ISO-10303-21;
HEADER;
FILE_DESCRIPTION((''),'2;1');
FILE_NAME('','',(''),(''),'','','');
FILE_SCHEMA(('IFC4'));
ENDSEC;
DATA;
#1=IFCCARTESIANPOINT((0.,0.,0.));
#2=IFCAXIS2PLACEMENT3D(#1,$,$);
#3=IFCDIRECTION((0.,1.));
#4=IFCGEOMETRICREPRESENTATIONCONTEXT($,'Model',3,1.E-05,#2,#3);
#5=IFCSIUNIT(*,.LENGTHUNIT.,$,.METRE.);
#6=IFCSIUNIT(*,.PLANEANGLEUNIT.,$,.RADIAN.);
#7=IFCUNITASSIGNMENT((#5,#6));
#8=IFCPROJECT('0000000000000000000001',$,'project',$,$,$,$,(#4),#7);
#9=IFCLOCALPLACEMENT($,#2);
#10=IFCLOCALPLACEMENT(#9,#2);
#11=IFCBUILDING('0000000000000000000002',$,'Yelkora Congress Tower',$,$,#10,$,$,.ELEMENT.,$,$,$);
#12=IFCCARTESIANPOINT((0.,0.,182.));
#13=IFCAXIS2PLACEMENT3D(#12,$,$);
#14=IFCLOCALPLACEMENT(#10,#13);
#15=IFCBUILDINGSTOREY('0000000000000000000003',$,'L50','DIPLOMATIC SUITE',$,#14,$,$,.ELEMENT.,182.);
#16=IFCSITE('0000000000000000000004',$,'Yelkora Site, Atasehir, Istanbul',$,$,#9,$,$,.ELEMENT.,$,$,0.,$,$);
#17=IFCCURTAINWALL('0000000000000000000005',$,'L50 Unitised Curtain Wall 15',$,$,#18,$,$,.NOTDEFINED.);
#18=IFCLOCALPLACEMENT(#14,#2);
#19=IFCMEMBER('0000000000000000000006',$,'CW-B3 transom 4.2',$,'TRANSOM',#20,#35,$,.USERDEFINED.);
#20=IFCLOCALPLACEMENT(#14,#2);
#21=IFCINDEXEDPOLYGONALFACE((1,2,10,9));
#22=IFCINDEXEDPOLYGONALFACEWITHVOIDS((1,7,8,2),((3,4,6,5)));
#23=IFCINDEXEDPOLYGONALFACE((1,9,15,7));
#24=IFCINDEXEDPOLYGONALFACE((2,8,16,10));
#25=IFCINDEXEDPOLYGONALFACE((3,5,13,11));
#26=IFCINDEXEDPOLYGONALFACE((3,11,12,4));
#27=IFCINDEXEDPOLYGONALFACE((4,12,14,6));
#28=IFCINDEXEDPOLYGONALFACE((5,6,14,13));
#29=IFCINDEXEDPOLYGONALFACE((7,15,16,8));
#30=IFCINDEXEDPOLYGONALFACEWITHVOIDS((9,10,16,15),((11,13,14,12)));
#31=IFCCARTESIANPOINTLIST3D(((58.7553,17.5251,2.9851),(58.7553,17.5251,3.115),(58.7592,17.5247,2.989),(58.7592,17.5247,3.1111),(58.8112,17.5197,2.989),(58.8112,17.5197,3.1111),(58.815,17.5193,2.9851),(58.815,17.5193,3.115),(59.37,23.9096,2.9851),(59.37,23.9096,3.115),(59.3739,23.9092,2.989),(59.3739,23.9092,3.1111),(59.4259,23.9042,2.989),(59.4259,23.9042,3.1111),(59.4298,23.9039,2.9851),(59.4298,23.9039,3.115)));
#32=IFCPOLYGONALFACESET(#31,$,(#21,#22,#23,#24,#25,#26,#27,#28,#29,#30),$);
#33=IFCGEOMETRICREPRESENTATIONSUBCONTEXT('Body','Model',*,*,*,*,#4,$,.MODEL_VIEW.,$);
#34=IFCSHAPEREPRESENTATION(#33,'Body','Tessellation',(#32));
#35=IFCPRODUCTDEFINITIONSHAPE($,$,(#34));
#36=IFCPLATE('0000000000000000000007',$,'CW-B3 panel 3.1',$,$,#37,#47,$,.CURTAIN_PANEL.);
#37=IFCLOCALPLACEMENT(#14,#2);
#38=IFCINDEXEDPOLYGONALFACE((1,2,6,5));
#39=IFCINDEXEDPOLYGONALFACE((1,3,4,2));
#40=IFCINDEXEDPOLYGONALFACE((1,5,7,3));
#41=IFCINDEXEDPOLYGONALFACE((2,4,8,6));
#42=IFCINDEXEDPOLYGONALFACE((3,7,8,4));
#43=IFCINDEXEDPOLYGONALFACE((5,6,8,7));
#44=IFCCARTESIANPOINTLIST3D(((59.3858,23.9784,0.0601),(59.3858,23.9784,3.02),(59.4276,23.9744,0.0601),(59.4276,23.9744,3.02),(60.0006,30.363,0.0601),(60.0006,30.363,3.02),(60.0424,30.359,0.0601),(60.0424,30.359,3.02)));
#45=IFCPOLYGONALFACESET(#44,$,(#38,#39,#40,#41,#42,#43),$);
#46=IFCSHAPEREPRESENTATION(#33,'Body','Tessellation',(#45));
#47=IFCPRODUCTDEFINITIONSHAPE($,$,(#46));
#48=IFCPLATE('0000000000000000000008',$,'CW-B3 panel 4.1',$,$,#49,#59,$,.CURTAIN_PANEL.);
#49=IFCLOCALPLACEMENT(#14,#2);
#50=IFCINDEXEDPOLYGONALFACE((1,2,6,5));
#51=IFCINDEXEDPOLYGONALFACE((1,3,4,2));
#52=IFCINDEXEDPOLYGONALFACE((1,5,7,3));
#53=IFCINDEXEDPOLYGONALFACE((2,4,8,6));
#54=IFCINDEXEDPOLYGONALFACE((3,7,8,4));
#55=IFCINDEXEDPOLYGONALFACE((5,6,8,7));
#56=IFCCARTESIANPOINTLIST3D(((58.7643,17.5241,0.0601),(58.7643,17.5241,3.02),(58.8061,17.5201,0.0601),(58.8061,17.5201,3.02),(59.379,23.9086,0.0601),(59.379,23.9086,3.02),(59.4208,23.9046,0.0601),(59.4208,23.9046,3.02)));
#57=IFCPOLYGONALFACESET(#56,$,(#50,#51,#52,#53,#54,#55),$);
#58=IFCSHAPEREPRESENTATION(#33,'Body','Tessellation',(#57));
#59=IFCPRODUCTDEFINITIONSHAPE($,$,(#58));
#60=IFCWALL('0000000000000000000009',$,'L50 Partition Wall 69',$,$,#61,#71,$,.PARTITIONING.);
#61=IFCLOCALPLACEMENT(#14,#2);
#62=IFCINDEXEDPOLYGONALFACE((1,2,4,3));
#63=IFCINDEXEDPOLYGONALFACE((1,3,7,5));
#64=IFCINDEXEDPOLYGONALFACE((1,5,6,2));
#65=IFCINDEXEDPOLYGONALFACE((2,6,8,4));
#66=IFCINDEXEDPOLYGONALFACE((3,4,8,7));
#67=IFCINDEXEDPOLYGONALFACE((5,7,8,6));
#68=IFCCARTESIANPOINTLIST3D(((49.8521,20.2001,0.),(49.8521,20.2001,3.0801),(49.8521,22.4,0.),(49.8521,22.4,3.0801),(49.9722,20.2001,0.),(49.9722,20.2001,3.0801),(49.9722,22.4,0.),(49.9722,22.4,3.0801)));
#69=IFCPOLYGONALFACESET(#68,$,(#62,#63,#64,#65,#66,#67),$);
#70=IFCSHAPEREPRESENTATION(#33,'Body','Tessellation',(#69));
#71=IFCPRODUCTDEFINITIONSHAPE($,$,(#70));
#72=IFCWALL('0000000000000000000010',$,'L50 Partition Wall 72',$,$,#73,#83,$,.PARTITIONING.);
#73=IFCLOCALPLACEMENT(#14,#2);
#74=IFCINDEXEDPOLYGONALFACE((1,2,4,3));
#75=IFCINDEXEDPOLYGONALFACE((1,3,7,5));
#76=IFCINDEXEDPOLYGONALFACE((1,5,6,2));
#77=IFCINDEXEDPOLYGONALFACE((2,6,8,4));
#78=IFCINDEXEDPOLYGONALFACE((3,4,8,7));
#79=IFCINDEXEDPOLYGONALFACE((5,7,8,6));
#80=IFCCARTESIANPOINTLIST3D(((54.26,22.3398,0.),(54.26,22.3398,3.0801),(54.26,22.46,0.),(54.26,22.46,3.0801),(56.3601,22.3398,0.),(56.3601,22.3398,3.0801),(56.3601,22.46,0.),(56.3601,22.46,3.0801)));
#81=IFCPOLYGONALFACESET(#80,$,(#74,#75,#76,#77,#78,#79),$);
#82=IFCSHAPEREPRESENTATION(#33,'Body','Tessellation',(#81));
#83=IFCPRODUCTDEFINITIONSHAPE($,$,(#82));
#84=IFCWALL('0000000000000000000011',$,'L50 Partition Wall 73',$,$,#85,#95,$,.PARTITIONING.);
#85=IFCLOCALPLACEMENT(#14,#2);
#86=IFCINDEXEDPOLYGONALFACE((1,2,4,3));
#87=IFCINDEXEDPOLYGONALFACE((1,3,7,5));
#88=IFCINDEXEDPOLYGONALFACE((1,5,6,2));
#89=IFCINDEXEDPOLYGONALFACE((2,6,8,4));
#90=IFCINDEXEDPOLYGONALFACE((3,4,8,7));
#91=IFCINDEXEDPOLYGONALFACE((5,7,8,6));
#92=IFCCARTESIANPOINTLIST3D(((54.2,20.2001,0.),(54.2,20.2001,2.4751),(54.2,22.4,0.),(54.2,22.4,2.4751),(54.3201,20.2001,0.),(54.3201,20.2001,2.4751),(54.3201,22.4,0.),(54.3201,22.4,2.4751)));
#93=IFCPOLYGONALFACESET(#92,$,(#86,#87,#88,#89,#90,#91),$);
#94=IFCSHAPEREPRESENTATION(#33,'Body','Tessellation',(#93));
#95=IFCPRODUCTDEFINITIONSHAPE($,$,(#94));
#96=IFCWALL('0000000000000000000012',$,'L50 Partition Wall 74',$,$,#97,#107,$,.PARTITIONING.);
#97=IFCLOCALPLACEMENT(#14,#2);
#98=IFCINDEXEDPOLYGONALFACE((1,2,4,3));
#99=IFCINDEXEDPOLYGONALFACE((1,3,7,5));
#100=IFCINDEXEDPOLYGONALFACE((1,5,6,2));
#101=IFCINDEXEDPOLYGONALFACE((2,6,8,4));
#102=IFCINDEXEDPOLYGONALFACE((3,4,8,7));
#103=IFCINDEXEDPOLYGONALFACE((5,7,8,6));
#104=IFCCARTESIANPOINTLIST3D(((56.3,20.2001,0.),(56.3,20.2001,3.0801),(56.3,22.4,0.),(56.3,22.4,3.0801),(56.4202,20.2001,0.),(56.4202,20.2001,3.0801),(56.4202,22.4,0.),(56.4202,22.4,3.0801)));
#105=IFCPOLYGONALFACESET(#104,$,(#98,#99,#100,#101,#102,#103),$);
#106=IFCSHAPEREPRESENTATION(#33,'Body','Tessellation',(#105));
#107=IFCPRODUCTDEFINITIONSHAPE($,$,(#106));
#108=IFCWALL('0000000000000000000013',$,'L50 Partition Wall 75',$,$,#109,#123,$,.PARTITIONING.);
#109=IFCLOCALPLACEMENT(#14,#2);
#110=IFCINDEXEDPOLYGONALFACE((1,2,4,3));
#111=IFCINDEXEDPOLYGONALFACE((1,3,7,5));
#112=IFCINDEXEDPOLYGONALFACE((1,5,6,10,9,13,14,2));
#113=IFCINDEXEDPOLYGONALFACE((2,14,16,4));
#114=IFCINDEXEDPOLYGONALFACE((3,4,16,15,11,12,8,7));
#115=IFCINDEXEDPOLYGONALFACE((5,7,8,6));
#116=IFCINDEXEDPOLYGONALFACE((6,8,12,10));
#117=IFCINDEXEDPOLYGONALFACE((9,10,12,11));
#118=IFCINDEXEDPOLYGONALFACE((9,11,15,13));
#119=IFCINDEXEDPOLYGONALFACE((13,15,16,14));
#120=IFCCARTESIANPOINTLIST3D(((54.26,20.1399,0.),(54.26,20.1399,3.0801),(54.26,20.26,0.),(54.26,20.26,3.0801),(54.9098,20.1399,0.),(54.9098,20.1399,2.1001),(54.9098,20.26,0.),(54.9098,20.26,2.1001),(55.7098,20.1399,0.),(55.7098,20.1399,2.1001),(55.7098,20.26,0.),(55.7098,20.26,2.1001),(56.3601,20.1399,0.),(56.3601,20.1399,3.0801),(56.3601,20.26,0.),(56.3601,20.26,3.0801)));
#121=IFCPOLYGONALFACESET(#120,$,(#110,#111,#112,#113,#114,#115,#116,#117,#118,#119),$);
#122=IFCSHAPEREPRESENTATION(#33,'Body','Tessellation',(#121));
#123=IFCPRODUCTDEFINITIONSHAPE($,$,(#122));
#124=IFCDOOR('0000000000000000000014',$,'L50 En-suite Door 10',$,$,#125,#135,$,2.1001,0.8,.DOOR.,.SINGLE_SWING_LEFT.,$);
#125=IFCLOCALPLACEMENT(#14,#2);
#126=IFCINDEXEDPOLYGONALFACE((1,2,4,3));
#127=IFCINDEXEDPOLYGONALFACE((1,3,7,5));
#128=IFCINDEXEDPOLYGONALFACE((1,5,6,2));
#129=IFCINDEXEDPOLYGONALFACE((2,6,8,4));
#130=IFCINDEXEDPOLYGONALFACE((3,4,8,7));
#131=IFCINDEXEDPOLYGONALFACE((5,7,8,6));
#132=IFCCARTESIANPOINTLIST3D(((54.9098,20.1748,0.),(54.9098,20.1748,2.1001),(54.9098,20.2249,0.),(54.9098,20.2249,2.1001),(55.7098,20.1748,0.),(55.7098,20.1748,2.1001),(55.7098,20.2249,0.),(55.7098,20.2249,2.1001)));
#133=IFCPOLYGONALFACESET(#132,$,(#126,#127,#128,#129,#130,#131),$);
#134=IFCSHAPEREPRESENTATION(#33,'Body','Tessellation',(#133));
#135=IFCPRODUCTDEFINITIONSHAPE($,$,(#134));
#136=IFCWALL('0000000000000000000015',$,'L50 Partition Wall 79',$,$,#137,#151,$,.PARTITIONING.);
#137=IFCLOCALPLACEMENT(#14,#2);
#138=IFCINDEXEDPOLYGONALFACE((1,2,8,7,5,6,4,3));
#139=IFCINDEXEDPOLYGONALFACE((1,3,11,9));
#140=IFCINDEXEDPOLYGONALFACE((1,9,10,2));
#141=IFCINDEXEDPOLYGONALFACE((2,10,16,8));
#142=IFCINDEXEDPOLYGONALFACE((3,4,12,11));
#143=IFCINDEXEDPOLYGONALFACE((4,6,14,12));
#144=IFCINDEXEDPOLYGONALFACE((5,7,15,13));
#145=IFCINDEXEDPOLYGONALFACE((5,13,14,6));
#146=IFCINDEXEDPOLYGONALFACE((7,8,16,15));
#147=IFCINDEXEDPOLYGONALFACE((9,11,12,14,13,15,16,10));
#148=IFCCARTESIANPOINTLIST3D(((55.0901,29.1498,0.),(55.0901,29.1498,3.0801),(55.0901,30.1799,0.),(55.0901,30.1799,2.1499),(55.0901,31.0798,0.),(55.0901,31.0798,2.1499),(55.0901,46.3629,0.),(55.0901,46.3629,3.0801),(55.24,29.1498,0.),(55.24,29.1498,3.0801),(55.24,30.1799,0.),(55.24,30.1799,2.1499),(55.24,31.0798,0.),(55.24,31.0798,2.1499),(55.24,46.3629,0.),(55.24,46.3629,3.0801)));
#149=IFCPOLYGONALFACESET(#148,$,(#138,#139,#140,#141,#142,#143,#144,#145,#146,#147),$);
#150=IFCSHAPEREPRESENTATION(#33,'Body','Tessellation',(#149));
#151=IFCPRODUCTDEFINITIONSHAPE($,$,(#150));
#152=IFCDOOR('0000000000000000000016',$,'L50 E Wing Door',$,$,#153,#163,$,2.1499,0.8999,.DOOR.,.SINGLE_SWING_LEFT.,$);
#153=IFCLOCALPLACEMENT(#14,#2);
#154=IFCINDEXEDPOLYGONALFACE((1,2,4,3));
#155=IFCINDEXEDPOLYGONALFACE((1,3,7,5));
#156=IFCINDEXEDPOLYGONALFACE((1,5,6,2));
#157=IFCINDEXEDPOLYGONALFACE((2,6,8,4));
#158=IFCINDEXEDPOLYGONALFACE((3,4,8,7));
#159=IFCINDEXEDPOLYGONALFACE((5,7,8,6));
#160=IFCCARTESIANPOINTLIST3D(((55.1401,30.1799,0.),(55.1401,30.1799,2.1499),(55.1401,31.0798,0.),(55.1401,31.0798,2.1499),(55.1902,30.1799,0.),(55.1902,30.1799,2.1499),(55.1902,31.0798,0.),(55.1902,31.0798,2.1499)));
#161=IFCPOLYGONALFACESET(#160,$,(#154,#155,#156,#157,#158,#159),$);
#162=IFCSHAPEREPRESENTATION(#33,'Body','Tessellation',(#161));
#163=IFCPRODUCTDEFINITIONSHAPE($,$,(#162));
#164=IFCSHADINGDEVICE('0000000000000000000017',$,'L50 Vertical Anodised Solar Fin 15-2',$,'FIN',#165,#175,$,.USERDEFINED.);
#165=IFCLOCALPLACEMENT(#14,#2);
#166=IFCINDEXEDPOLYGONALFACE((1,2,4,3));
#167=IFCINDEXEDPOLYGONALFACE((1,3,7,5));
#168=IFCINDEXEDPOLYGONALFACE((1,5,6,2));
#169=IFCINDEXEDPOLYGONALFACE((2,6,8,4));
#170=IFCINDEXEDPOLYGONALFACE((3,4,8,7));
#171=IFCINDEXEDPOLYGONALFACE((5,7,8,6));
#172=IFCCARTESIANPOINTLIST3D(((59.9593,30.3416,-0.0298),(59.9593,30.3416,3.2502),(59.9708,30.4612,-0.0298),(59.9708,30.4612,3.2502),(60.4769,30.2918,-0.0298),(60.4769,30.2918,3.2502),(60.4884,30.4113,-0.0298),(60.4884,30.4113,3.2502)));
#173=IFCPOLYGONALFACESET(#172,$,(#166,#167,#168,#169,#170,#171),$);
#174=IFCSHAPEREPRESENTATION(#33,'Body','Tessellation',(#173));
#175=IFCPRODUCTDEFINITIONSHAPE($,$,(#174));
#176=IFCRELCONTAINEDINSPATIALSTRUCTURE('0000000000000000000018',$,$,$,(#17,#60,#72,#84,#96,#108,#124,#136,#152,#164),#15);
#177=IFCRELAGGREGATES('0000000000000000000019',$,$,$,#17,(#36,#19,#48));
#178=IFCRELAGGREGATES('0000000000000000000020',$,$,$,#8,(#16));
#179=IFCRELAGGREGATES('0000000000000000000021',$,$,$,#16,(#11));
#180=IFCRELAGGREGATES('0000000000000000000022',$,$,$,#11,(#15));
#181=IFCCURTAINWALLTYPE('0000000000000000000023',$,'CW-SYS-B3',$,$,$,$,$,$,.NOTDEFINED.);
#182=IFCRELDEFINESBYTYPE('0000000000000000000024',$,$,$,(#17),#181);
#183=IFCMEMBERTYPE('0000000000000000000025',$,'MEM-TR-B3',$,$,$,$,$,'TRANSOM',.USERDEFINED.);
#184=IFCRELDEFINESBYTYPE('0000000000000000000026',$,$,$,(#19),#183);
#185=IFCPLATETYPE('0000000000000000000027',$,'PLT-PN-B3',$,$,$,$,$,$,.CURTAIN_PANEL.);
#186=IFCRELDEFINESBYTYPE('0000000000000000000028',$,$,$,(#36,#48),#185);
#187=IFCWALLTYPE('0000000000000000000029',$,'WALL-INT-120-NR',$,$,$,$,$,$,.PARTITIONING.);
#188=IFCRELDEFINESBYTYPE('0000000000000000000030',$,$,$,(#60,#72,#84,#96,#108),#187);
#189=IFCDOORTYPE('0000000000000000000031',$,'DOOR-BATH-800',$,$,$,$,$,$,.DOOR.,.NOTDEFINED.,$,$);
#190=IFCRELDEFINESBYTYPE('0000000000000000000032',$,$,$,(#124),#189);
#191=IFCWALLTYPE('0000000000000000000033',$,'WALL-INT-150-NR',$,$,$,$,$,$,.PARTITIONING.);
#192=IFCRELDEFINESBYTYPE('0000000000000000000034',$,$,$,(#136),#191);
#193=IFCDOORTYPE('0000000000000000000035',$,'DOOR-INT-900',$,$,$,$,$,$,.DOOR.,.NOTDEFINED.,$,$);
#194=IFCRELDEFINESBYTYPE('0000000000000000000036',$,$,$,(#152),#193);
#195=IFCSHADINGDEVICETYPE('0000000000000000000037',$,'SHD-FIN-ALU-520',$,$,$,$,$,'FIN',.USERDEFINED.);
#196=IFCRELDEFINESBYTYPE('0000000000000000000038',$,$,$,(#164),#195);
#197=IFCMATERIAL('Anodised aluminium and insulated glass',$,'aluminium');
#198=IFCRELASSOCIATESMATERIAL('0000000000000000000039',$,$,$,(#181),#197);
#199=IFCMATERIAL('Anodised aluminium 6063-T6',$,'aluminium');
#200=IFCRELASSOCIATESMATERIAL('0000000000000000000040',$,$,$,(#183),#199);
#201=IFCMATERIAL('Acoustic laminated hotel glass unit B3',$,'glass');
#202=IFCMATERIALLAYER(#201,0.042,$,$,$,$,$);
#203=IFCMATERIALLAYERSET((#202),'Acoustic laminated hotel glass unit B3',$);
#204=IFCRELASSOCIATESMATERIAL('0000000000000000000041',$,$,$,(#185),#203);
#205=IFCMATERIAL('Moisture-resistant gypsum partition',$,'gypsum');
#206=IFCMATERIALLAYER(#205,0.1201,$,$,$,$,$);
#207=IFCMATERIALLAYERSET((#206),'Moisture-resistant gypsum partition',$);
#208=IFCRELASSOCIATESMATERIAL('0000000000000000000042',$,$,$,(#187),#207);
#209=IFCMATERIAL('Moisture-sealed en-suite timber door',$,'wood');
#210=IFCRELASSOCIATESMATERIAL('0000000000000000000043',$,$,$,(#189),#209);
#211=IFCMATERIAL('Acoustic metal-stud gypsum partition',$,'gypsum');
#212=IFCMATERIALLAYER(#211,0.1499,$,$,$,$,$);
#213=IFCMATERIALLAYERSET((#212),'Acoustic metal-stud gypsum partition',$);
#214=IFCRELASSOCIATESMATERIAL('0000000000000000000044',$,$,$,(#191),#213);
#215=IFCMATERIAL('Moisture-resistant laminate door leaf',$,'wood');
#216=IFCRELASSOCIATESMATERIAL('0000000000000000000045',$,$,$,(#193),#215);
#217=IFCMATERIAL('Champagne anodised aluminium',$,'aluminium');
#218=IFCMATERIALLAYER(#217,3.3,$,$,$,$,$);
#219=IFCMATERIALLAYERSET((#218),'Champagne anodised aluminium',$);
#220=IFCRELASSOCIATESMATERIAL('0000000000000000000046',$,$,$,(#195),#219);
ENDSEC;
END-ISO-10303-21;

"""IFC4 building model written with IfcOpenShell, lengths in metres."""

from ifc_helpers import new_model, si_unit, direction, frame, frame_2d, origin, origin_2d, place, context, subcontext, project, spatial, rectangle, hollow_rectangle, extrude, material, layer, layer_set, material_profile, profile_set, type_object, element, fill, aggregate, save


model = new_model("IFC4")

# Units and contexts
model_context = context("Model", 3, precision=1e-05, world=origin(), true_north=direction((0.0, 1.0)))
body_context = subcontext(model_context, "Body", "Model", "MODEL_VIEW")
ifc_project = project(units=[si_unit("LENGTHUNIT", "METRE"), si_unit("PLANEANGLEUNIT", "RADIAN")], contexts=[model_context])

# Site, building, storey
site_placement = place(None, origin())
site = spatial("IfcSite", under=ifc_project, at=site_placement, Name="Yelkora Site, Atasehir, Istanbul", CompositionType="ELEMENT", RefElevation=0.0)
building_placement = place(site_placement, origin())
building = spatial("IfcBuilding", under=site, at=building_placement, Name="Yelkora Congress Tower", CompositionType="ELEMENT")
storey_placement = place(building_placement, frame((0.0, 0.0, 182.0)))
storey = spatial("IfcBuildingStorey", under=building, at=storey_placement, Name="L50", Description="DIPLOMATIC SUITE", CompositionType="ELEMENT", Elevation=182.0)

# Curtain wall, member, plates
ifc_material_1 = material(Name="Anodised aluminium and insulated glass", Category="aluminium")
curtain_wall_type = type_object("IfcCurtainWallType", Name="CW-SYS-B3", PredefinedType="NOTDEFINED", material=ifc_material_1)
curtain_wall_placement = place(storey_placement, origin())
curtain_wall = element("IfcCurtainWall", 1, at=curtain_wall_placement, inside=storey, type_object=curtain_wall_type, Name="L50 Unitised Curtain Wall 15", PredefinedType="NOTDEFINED")
ifc_material_2 = material(Name="Anodised aluminium 6063-T6", Category="aluminium")
ifc_material_profile_1 = material_profile(ifc_material_2, hollow_rectangle(XDim=0.0601, YDim=0.1299, WallThickness=0.0039, at=origin_2d()), Name="ALU 60x130x4")
ifc_profile_set_1 = profile_set([ifc_material_profile_1], Name="Anodised aluminium 6063-T6")
member_type_1 = type_object("IfcMemberType", Name="MEM-TR-B3", ElementType="TRANSOM", PredefinedType="USERDEFINED", material=ifc_profile_set_1)
member_1_placement = place(storey_placement, frame((59.3999, 23.9067, 3.05), z_axis=(-0.095844, -0.995396, 0.0), x_axis=(0.995396, -0.095844, 0.0)))
member_1 = element("IfcMember", 2, at=member_1_placement, type_object=member_type_1, Name="CW-B3 transom 4.2", ObjectType="TRANSOM", PredefinedType="USERDEFINED", context=body_context, shape_type="SweptSolid", body=[
    extrude(hollow_rectangle(XDim=0.0601, YDim=0.1299, WallThickness=0.0039, at=origin_2d()), origin(), (0.0, 0.0, 1.0), 6.4141),
])
ifc_material_3 = material(Name="Acoustic laminated hotel glass unit B3", Category="glass")
ifc_layer_1 = layer(ifc_material_3, 0.042)
ifc_layer_set_1 = layer_set([ifc_layer_1], Name="Acoustic laminated hotel glass unit B3")
plate_type = type_object("IfcPlateType", Name="PLT-PN-B3", PredefinedType="CURTAIN_PANEL", material=ifc_layer_set_1)
plate_1_placement = place(storey_placement, frame((59.7141, 27.1687, 0.0601), z_axis=(0.0, 0.0, 1.0), x_axis=(-0.095842, -0.995397, 0.0)))
plate_1 = element("IfcPlate", 3, at=plate_1_placement, type_object=plate_type, Name="CW-B3 panel 3.1", PredefinedType="CURTAIN_PANEL", context=body_context, shape_type="SweptSolid", body=[
    extrude(rectangle(XDim=6.4141, YDim=0.042, at=origin_2d()), origin(), (0.0, 0.0, 1.0), 2.96),
])
plate_2_placement = place(storey_placement, frame((59.0925, 20.7144, 0.0601), z_axis=(0.0, 0.0, 1.0), x_axis=(-0.095842, -0.995397, 0.0)))
plate_2 = element("IfcPlate", 4, at=plate_2_placement, type_object=plate_type, Name="CW-B3 panel 4.1", PredefinedType="CURTAIN_PANEL", context=body_context, shape_type="SweptSolid", body=[
    extrude(rectangle(XDim=6.4141, YDim=0.042, at=origin_2d()), origin(), (0.0, 0.0, 1.0), 2.96),
])
aggregate(curtain_wall, [plate_1, member_1, plate_2])

# Walls
ifc_material_4 = material(Name="Moisture-resistant gypsum partition", Category="gypsum")
ifc_layer_2 = layer(ifc_material_4, 0.1201)
ifc_layer_set_2 = layer_set([ifc_layer_2], Name="Moisture-resistant gypsum partition")
wall_type_1 = type_object("IfcWallType", Name="WALL-INT-120-NR", PredefinedType="PARTITIONING", material=ifc_layer_set_2)
wall_1_placement = place(storey_placement, frame((49.9121, 20.2, 0.0), z_axis=(0.0, 0.0, 1.0), x_axis=(0.0, 1.0, 0.0)))
element("IfcWall", 5, at=wall_1_placement, inside=storey, type_object=wall_type_1, Name="L50 Partition Wall 69", PredefinedType="PARTITIONING", context=body_context, shape_type="SweptSolid", body=[
    extrude(rectangle(XDim=2.2, YDim=0.1201, at=frame_2d((1.1001, 0.0))), origin(), (0.0, 0.0, 1.0), 3.0801),
])
wall_2_placement = place(storey_placement, frame((54.26, 22.3999, 0.0), z_axis=(0.0, 0.0, 1.0), x_axis=(1.0, 0.0, 0.0)))
element("IfcWall", 6, at=wall_2_placement, inside=storey, type_object=wall_type_1, Name="L50 Partition Wall 72", PredefinedType="PARTITIONING", context=body_context, shape_type="SweptSolid", body=[
    extrude(rectangle(XDim=2.1001, YDim=0.1201, at=frame_2d((1.05, 0.0))), origin(), (0.0, 0.0, 1.0), 3.0801),
])
wall_3_placement = place(storey_placement, frame((54.26, 20.2, 0.0), z_axis=(0.0, 0.0, 1.0), x_axis=(0.0, 1.0, 0.0)))
element("IfcWall", 7, at=wall_3_placement, inside=storey, type_object=wall_type_1, Name="L50 Partition Wall 73", PredefinedType="PARTITIONING", context=body_context, shape_type="SweptSolid", body=[
    extrude(rectangle(XDim=2.2, YDim=0.1201, at=frame_2d((1.1001, 0.0))), origin(), (0.0, 0.0, 1.0), 2.4751),
])
wall_4_placement = place(storey_placement, frame((56.3601, 20.2, 0.0), z_axis=(0.0, 0.0, 1.0), x_axis=(0.0, 1.0, 0.0)))
element("IfcWall", 8, at=wall_4_placement, inside=storey, type_object=wall_type_1, Name="L50 Partition Wall 74", PredefinedType="PARTITIONING", context=body_context, shape_type="SweptSolid", body=[
    extrude(rectangle(XDim=2.2, YDim=0.1201, at=frame_2d((1.1001, 0.0))), origin(), (0.0, 0.0, 1.0), 3.0801),
])

# Walls, openings, doors
wall_5_placement = place(storey_placement, frame((54.26, 20.2, 0.0), z_axis=(0.0, 0.0, 1.0), x_axis=(1.0, 0.0, 0.0)))
wall_5 = element("IfcWall", 9, at=wall_5_placement, inside=storey, type_object=wall_type_1, Name="L50 Partition Wall 75", PredefinedType="PARTITIONING", context=body_context, shape_type="SweptSolid", body=[
    extrude(rectangle(XDim=2.1001, YDim=0.1201, at=frame_2d((1.05, 0.0))), origin(), (0.0, 0.0, 1.0), 3.0801),
])
opening_1_placement = place(wall_5_placement, frame((0.6499, 0.0, 0.0)))
opening_1 = element("IfcOpeningElement", 10, at=opening_1_placement, cuts=wall_5, PredefinedType="OPENING", context=body_context, shape_type="SweptSolid", body=[
    extrude(rectangle(XDim=0.8, YDim=2.1001, at=frame_2d((0.3999, 1.05))), frame((0.0, 0.0701, 0.0), z_axis=(0.0, -1.0, 0.0), x_axis=(1.0, 0.0, 0.0)), (0.0, 0.0, 1.0), 0.1401),
])
ifc_material_5 = material(Name="Moisture-sealed en-suite timber door", Category="wood")
door_type_1 = type_object("IfcDoorType", Name="DOOR-BATH-800", OperationType="NOTDEFINED", PredefinedType="DOOR", material=ifc_material_5)
door_1_placement = place(opening_1_placement, origin())
door_1 = element("IfcDoor", 11, at=door_1_placement, inside=storey, type_object=door_type_1, Name="L50 En-suite Door 10", OperationType="SINGLE_SWING_LEFT", OverallHeight=2.1001, OverallWidth=0.8, PredefinedType="DOOR", context=body_context, shape_type="SweptSolid", body=[
    extrude(rectangle(XDim=0.8, YDim=2.1001, at=frame_2d((0.3999, 1.05))), frame((0.0, 0.0249, 0.0), z_axis=(0.0, -1.0, 0.0), x_axis=(1.0, 0.0, 0.0)), (0.0, 0.0, 1.0), 0.05),
])
fill(opening_1, door_1)
ifc_material_6 = material(Name="Acoustic metal-stud gypsum partition", Category="gypsum")
ifc_layer_3 = layer(ifc_material_6, 0.1499)
ifc_layer_set_3 = layer_set([ifc_layer_3], Name="Acoustic metal-stud gypsum partition")
wall_type_2 = type_object("IfcWallType", Name="WALL-INT-150-NR", PredefinedType="PARTITIONING", material=ifc_layer_set_3)
wall_6_placement = place(storey_placement, frame((55.165, 29.1499, 0.0), z_axis=(0.0, 0.0, 1.0), x_axis=(0.0, 1.0, 0.0)))
wall_6 = element("IfcWall", 12, at=wall_6_placement, inside=storey, type_object=wall_type_2, Name="L50 Partition Wall 79", PredefinedType="PARTITIONING", context=body_context, shape_type="SweptSolid", body=[
    extrude(rectangle(XDim=17.2131, YDim=0.1499, at=frame_2d((8.6064, 0.0))), origin(), (0.0, 0.0, 1.0), 3.0801),
])
opening_2_placement = place(wall_6_placement, frame((1.03, 0.0, 0.0)))
opening_2 = element("IfcOpeningElement", 13, at=opening_2_placement, cuts=wall_6, PredefinedType="OPENING", context=body_context, shape_type="SweptSolid", body=[
    extrude(rectangle(XDim=0.8999, YDim=2.1499, at=frame_2d((0.45, 1.075))), frame((0.0, 0.085, 0.0), z_axis=(0.0, -1.0, 0.0), x_axis=(1.0, 0.0, 0.0)), (0.0, 0.0, 1.0), 0.1699),
])
ifc_material_7 = material(Name="Moisture-resistant laminate door leaf", Category="wood")
door_type_2 = type_object("IfcDoorType", Name="DOOR-INT-900", OperationType="NOTDEFINED", PredefinedType="DOOR", material=ifc_material_7)
door_2_placement = place(opening_2_placement, origin())
door_2 = element("IfcDoor", 14, at=door_2_placement, inside=storey, type_object=door_type_2, Name="L50 E Wing Door", OperationType="SINGLE_SWING_LEFT", OverallHeight=2.1499, OverallWidth=0.8999, PredefinedType="DOOR", context=body_context, shape_type="SweptSolid", body=[
    extrude(rectangle(XDim=0.8999, YDim=2.1499, at=frame_2d((0.45, 1.075))), frame((0.0, 0.0249, 0.0), z_axis=(0.0, -1.0, 0.0), x_axis=(1.0, 0.0, 0.0)), (0.0, 0.0, 1.0), 0.05),
])
fill(opening_2, door_2)

# Shading device
ifc_material_8 = material(Name="Champagne anodised aluminium", Category="aluminium")
ifc_layer_4 = layer(ifc_material_8, 3.3)
ifc_layer_set_4 = layer_set([ifc_layer_4], Name="Champagne anodised aluminium")
shading_device_type = type_object("IfcShadingDeviceType", Name="SHD-FIN-ALU-520", ElementType="FIN", PredefinedType="USERDEFINED", material=ifc_layer_set_4)
for number, where, z_axis, x_axis, name in (
    (15, (60.2239, 30.3765, -0.0298), (0.0, 0.0, 1.0), (-0.095846, -0.995396, 0.0), "L50 Vertical Anodised Solar Fin 15-2"),
):
    element("IfcShadingDevice", number, at=place(storey_placement, frame(where, z_axis=z_axis, x_axis=x_axis)), inside=storey, type_object=shading_device_type, Name=name, ObjectType="FIN", PredefinedType="USERDEFINED", context=body_context, shape_type="SweptSolid", body=[
        extrude(rectangle(XDim=0.1201, YDim=0.52, at=origin_2d()), origin(), (0.0, 0.0, 1.0), 3.28),
    ])

save(model, "model.ifc")
